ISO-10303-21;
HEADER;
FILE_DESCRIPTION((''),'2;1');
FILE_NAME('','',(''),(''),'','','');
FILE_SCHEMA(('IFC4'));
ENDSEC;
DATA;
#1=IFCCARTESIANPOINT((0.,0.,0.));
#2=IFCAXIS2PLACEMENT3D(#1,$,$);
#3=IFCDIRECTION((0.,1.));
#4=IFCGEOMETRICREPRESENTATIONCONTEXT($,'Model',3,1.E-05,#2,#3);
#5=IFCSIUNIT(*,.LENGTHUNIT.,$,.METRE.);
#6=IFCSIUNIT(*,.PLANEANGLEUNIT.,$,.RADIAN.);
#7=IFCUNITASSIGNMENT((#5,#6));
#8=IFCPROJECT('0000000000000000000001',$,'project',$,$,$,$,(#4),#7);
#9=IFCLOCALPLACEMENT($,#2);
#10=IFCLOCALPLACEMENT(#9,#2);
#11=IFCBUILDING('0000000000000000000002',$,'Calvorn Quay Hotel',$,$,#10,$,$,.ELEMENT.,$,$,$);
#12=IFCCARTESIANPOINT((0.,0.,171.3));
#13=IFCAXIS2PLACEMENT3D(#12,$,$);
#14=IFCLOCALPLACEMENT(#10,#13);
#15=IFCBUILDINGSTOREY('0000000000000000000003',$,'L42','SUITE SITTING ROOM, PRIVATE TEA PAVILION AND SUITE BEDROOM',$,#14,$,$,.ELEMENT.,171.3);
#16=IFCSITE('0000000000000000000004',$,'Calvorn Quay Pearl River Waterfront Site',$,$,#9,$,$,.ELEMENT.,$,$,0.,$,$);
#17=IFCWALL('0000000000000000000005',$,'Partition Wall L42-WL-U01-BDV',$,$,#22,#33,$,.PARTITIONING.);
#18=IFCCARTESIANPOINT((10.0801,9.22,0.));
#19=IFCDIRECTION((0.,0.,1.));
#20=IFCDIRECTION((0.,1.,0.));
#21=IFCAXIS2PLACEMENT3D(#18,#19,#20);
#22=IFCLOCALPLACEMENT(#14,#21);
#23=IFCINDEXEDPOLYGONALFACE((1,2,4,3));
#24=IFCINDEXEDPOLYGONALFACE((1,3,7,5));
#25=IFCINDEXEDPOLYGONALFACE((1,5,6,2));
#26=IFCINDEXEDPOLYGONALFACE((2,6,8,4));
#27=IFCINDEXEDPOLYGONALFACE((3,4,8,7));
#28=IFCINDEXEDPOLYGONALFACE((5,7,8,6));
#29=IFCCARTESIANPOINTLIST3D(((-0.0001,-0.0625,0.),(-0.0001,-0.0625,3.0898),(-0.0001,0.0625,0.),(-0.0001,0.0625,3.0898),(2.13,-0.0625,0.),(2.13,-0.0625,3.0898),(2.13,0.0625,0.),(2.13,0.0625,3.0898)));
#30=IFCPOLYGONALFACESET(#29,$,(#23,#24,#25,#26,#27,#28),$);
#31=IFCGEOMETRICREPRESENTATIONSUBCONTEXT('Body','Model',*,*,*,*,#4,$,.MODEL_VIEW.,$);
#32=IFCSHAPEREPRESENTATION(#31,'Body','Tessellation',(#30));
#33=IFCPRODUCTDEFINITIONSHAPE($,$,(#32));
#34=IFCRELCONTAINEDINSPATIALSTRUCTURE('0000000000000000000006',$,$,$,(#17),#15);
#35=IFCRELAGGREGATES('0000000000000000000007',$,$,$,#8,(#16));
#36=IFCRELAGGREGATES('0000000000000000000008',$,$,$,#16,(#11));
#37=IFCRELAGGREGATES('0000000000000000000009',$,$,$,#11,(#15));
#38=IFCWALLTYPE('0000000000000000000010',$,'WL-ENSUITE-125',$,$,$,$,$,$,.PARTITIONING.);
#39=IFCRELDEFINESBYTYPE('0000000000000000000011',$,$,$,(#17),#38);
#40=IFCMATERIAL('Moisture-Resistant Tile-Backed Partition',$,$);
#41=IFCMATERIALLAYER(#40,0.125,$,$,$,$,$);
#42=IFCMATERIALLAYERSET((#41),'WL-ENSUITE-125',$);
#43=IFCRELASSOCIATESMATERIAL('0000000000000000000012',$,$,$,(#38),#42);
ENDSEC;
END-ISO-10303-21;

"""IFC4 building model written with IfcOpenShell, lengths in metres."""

from ifc_helpers import new_model, si_unit, direction, frame, frame_2d, origin, place, context, subcontext, project, spatial, rectangle, extrude, material, layer, layer_set, type_object, element, save


model = new_model("IFC4")

# Units and contexts
model_context = context("Model", 3, precision=1e-05, world=origin(), true_north=direction((0.0, 1.0)))
body_context = subcontext(model_context, "Body", "Model", "MODEL_VIEW")
ifc_project = project(units=[si_unit("LENGTHUNIT", "METRE"), si_unit("PLANEANGLEUNIT", "RADIAN")], contexts=[model_context])

# Site, building, storey
site_placement = place(None, origin())
site = spatial("IfcSite", under=ifc_project, at=site_placement, Name="Calvorn Quay Pearl River Waterfront Site", CompositionType="ELEMENT", RefElevation=0.0)
building_placement = place(site_placement, origin())
building = spatial("IfcBuilding", under=site, at=building_placement, Name="Calvorn Quay Hotel", CompositionType="ELEMENT")
storey_placement = place(building_placement, frame((0.0, 0.0, 171.3)))
storey = spatial("IfcBuildingStorey", under=building, at=storey_placement, Name="L42", Description="SUITE SITTING ROOM, PRIVATE TEA PAVILION AND SUITE BEDROOM", CompositionType="ELEMENT", Elevation=171.3)

# Wall
ifc_material_1 = material(Name="Moisture-Resistant Tile-Backed Partition")
ifc_layer_1 = layer(ifc_material_1, 0.125)
ifc_layer_set_1 = layer_set([ifc_layer_1], Name="WL-ENSUITE-125")
wall_type_1 = type_object("IfcWallType", Name="WL-ENSUITE-125", PredefinedType="PARTITIONING", material=ifc_layer_set_1)
wall_1_placement = place(storey_placement, frame((10.0801, 9.22, 0.0), z_axis=(0.0, 0.0, 1.0), x_axis=(0.0, 1.0, 0.0)))
element("IfcWall", 1, at=wall_1_placement, inside=storey, type_object=wall_type_1, Name="Partition Wall L42-WL-U01-BDV", PredefinedType="PARTITIONING", context=body_context, shape_type="SweptSolid", body=[
    extrude(rectangle(XDim=2.1301, YDim=0.125, at=frame_2d((1.0649, 0.0))), origin(), (0.0, 0.0, 1.0), 3.0898),
])

save(model, "model.ifc")
